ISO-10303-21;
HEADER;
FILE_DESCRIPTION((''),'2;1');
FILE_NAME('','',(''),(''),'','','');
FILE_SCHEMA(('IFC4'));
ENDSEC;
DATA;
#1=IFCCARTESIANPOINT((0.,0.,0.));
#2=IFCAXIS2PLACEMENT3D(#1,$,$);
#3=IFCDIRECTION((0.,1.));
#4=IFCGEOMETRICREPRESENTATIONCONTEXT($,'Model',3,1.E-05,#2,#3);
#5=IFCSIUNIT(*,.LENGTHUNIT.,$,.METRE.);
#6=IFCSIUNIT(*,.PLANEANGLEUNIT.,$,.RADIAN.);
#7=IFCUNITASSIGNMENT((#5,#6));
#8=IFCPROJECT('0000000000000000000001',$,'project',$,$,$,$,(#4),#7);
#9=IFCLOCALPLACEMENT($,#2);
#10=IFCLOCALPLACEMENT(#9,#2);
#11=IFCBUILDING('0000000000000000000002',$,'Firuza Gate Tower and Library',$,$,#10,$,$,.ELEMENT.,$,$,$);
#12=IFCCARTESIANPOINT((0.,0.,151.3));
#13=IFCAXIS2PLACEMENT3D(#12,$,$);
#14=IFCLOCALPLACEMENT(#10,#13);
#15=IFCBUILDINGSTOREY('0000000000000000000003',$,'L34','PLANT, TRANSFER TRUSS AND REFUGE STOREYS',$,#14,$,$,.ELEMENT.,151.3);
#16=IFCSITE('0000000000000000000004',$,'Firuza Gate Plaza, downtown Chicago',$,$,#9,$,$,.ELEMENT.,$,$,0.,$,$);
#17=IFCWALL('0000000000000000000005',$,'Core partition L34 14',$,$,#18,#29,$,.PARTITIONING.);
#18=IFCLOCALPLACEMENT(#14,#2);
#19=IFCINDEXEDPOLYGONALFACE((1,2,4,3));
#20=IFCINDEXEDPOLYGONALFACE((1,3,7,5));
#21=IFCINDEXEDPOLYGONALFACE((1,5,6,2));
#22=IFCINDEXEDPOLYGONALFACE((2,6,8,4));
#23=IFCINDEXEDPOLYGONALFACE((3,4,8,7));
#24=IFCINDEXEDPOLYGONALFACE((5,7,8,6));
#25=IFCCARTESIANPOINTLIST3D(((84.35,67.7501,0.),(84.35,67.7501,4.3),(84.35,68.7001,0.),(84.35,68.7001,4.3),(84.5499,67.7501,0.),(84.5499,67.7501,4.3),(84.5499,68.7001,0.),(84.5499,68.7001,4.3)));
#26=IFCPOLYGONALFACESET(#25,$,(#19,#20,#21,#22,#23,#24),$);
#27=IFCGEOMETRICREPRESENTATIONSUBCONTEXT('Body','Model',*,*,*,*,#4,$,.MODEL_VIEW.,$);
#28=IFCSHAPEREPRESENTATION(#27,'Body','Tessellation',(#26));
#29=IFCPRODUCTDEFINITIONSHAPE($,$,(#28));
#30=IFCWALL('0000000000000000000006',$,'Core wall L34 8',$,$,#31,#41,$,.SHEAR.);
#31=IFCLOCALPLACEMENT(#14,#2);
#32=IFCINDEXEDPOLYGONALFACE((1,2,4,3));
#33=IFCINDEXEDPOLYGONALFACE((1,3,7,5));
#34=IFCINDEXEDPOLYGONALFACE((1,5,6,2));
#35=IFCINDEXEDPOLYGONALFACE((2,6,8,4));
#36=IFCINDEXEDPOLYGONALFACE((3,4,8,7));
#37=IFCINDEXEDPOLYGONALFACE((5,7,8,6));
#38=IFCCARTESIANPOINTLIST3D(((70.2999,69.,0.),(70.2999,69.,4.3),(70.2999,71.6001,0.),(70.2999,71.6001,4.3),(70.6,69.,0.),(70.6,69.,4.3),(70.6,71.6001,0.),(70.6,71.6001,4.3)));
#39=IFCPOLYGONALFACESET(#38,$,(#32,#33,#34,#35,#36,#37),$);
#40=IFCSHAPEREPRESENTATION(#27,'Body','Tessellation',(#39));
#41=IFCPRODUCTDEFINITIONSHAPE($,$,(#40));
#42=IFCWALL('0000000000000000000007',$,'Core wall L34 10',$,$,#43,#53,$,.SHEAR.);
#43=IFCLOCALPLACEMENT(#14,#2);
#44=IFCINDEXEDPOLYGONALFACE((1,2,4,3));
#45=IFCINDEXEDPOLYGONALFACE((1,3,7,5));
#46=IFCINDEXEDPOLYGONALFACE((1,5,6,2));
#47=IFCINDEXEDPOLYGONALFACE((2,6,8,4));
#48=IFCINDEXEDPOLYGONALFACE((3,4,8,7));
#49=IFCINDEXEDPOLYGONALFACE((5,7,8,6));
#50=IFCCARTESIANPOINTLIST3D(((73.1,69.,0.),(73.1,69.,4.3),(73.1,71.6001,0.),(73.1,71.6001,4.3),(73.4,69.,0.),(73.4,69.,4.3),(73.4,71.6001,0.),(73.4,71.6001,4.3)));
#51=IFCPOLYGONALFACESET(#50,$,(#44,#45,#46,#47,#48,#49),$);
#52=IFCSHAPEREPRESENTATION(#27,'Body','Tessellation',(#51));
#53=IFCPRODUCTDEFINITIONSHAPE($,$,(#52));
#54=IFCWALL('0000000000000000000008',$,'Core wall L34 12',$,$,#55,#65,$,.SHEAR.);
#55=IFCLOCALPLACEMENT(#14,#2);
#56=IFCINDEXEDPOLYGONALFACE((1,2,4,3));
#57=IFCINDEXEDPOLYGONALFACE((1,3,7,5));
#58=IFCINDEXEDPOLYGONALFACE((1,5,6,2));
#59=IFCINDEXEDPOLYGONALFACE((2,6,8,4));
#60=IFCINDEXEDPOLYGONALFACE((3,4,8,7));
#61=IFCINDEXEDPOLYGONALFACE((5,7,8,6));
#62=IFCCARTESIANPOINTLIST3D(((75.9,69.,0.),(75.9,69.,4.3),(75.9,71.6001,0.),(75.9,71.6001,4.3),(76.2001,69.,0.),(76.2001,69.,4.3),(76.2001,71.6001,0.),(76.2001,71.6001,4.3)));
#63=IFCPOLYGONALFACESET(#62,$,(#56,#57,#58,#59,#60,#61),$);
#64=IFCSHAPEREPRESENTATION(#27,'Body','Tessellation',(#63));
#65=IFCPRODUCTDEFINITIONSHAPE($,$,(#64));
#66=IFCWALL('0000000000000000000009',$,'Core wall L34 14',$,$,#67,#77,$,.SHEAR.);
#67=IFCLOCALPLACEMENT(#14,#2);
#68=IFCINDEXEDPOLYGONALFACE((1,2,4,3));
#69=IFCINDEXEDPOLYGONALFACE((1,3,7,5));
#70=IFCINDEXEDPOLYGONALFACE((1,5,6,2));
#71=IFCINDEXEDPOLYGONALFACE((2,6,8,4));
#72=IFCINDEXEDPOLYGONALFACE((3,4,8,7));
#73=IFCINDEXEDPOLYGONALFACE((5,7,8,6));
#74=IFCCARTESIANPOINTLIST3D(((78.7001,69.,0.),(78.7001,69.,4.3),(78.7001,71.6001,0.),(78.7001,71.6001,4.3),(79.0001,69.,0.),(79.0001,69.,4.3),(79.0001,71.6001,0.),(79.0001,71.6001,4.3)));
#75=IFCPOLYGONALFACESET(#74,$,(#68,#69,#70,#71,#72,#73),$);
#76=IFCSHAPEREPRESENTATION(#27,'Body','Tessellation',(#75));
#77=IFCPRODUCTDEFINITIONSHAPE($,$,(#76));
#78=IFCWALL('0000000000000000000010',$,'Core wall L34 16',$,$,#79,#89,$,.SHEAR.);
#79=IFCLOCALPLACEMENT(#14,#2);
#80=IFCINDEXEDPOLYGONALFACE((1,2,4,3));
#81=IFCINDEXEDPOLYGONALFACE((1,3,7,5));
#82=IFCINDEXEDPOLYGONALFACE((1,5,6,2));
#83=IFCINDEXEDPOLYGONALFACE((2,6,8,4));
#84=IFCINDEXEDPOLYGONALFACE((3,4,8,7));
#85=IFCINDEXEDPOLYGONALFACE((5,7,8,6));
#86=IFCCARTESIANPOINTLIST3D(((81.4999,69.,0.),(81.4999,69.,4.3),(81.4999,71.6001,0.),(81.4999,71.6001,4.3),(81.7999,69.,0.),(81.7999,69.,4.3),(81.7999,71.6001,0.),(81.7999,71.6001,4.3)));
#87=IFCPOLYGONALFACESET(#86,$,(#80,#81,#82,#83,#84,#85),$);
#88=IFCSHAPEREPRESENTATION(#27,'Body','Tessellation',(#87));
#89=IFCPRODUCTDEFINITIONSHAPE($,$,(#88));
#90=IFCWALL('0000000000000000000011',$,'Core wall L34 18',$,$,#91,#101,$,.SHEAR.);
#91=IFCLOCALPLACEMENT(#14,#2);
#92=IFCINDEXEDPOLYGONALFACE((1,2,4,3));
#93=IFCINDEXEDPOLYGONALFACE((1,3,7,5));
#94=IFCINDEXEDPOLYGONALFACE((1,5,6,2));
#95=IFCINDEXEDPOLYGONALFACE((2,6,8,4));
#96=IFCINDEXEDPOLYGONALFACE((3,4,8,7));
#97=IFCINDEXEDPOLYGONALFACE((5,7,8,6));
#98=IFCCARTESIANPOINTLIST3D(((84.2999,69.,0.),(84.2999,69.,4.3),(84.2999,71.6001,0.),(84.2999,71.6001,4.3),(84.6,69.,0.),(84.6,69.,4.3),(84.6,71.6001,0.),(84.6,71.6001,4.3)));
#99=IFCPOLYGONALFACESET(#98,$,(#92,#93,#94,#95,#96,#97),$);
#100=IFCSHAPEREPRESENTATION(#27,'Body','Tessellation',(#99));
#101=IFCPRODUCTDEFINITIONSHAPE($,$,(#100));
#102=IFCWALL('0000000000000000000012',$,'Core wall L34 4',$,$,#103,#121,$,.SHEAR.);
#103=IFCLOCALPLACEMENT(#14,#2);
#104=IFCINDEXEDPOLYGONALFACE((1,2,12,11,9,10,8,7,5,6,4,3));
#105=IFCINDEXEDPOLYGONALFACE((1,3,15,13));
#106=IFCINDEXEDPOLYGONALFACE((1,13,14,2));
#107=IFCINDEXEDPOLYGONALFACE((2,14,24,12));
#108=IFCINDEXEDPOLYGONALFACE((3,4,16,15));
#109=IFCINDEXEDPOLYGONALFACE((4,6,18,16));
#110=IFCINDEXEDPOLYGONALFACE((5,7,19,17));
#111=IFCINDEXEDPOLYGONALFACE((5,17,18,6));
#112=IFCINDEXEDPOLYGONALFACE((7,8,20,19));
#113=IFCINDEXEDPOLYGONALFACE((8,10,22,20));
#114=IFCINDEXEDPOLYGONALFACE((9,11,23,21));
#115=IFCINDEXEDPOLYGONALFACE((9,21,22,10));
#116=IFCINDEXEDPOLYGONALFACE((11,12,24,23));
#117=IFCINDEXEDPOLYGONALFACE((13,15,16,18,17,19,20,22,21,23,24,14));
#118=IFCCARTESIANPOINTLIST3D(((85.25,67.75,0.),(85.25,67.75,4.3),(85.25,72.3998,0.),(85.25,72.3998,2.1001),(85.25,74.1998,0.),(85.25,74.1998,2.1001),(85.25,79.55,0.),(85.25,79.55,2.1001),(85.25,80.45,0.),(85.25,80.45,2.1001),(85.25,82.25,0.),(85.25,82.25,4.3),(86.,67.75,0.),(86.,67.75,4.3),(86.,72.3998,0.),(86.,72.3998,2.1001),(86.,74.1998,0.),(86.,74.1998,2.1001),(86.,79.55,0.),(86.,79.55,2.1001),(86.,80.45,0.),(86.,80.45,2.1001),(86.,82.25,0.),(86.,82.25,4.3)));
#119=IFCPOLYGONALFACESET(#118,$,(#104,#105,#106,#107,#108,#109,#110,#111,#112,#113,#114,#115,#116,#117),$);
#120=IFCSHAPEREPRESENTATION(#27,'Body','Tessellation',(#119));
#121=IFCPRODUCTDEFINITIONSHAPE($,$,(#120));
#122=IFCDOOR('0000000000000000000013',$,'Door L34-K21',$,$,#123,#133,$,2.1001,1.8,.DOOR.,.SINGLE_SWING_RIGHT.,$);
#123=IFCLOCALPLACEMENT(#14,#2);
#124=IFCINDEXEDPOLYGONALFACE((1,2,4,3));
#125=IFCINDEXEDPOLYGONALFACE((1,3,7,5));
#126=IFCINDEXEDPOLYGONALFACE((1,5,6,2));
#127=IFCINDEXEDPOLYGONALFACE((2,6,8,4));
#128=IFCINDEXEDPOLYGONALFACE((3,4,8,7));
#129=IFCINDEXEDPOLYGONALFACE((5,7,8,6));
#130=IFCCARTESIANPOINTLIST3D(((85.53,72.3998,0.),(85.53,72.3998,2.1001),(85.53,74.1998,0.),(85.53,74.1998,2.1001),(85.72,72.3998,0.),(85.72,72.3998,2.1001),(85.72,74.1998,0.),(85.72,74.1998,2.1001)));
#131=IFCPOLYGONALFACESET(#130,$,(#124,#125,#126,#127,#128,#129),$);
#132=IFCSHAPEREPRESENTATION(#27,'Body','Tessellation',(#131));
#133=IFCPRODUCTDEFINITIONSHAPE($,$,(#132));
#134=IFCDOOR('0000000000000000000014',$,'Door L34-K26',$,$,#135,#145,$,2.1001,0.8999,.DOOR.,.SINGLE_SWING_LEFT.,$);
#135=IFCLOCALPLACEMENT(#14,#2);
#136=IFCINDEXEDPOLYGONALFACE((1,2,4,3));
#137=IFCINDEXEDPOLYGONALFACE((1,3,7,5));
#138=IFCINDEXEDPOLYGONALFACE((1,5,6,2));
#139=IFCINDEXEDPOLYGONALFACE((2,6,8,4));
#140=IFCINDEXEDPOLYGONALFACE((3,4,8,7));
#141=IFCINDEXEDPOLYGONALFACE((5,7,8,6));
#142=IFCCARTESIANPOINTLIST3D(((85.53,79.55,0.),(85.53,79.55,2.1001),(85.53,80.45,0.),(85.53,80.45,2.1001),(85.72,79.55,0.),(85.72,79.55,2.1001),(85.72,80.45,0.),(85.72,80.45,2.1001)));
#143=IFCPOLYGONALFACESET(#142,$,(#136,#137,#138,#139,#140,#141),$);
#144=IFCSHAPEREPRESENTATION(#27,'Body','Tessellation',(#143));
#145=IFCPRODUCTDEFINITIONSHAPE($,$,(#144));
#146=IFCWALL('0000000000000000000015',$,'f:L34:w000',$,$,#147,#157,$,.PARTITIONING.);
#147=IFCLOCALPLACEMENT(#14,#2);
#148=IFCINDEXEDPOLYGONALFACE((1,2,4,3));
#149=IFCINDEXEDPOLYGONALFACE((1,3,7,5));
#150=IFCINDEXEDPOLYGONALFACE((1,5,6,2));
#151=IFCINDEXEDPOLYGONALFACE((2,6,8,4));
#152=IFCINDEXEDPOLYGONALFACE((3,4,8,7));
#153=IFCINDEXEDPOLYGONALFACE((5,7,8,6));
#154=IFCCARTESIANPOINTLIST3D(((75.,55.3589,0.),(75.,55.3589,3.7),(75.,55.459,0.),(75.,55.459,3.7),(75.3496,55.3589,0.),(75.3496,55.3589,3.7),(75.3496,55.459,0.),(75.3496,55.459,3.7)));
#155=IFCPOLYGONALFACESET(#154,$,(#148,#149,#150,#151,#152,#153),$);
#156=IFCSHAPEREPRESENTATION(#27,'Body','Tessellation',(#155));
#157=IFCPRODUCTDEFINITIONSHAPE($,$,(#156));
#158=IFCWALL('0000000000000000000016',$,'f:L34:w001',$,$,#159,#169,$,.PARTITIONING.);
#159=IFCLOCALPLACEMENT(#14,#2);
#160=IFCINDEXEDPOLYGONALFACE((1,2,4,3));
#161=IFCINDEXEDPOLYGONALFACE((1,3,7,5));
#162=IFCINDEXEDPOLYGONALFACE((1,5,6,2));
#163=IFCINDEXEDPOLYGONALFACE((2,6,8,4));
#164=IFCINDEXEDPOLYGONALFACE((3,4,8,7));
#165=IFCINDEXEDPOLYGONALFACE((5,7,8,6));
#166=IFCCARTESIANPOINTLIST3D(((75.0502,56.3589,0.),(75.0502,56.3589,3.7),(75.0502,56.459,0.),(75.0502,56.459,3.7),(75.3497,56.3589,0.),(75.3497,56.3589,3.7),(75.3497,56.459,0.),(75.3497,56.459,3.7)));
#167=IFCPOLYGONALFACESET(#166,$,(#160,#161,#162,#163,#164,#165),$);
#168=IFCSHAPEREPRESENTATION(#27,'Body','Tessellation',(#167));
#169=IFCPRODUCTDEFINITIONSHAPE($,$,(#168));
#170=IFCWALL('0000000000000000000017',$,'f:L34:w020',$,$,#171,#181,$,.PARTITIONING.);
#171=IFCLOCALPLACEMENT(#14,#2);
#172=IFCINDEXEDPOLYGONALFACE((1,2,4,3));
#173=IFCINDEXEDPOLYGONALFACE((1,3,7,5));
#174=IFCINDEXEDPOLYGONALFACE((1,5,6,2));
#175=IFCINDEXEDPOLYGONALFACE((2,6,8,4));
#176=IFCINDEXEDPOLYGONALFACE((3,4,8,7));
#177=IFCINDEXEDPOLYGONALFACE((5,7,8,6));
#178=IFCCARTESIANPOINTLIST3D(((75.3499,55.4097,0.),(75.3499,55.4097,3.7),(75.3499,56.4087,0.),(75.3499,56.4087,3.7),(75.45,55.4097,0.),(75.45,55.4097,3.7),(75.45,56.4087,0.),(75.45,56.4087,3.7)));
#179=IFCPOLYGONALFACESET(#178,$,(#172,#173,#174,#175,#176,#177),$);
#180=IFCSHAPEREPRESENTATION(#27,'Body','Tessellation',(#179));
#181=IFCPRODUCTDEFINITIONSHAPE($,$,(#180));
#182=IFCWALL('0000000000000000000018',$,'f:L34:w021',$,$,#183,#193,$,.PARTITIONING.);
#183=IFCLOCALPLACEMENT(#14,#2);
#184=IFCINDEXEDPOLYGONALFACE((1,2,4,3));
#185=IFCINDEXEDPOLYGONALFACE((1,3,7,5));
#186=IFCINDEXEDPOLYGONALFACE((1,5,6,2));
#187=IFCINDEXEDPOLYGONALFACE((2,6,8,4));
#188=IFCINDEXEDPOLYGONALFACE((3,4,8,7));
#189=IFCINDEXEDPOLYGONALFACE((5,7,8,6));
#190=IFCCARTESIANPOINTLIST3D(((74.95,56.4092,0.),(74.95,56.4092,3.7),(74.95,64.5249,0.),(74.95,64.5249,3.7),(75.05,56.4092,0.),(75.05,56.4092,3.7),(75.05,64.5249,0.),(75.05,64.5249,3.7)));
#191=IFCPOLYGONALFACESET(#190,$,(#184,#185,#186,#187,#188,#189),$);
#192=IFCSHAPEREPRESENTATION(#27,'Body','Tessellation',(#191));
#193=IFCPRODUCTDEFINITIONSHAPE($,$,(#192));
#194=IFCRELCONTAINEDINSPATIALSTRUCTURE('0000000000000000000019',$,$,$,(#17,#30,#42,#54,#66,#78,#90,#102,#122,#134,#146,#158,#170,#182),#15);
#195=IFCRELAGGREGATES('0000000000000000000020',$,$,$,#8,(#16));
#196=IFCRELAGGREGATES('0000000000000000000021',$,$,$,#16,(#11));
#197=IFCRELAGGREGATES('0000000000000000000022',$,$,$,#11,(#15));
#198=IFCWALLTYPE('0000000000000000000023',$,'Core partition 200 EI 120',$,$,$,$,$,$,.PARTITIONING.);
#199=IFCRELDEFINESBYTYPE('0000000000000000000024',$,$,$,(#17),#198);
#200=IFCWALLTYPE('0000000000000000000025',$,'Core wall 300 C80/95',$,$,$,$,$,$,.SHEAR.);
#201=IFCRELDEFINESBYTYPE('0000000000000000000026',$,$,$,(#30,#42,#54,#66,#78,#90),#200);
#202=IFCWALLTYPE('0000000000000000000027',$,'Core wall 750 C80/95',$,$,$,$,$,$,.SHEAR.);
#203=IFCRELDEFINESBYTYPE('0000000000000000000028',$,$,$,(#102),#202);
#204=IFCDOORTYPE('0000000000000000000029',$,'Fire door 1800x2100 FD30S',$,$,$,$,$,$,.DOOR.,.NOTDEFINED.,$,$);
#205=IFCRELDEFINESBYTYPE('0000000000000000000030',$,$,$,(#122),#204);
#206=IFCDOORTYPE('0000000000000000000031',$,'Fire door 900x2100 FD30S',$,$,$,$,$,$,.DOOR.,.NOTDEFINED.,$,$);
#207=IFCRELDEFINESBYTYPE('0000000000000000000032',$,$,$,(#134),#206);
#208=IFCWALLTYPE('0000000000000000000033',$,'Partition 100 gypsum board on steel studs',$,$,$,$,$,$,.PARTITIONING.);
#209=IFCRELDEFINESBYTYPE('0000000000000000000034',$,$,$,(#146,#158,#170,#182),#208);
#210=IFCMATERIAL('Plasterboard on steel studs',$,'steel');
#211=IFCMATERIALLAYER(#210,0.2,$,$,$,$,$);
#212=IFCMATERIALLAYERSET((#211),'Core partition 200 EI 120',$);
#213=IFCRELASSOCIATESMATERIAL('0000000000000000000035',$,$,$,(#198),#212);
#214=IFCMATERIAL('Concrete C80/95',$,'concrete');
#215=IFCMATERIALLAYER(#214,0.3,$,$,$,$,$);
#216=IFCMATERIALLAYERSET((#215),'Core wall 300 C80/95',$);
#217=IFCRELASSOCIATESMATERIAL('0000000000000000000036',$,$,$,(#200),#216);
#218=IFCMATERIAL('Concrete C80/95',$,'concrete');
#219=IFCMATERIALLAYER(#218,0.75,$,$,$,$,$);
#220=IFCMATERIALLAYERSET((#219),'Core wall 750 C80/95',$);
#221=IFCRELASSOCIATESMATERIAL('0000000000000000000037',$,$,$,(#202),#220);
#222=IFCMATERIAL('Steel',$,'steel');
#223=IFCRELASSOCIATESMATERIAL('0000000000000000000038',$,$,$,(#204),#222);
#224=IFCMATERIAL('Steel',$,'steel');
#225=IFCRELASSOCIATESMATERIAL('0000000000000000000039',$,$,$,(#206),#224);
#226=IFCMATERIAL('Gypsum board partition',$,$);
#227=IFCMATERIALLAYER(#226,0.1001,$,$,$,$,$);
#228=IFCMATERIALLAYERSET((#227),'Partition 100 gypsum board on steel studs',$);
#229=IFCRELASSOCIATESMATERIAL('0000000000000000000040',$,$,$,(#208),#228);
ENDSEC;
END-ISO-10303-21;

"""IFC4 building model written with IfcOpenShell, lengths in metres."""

from ifc_helpers import new_model, si_unit, direction, frame, frame_2d, origin, place, context, subcontext, project, spatial, rectangle, extrude, material, layer, layer_set, type_object, element, fill, save


model = new_model("IFC4")

# Units and contexts
model_context = context("Model", 3, precision=1e-05, world=origin(), true_north=direction((0.0, 1.0)))
body_context = subcontext(model_context, "Body", "Model", "MODEL_VIEW")
ifc_project = project(units=[si_unit("LENGTHUNIT", "METRE"), si_unit("PLANEANGLEUNIT", "RADIAN")], contexts=[model_context])

# Site, building, storey
site_placement = place(None, origin())
site = spatial("IfcSite", under=ifc_project, at=site_placement, Name="Firuza Gate Plaza, downtown Chicago", CompositionType="ELEMENT", RefElevation=0.0)
building_placement = place(site_placement, origin())
building = spatial("IfcBuilding", under=site, at=building_placement, Name="Firuza Gate Tower and Library", CompositionType="ELEMENT")
storey_placement = place(building_placement, frame((0.0, 0.0, 151.3)))
storey = spatial("IfcBuildingStorey", under=building, at=storey_placement, Name="L34", Description="PLANT, TRANSFER TRUSS AND REFUGE STOREYS", CompositionType="ELEMENT", Elevation=151.3)

# Walls
ifc_material_1 = material(Name="Plasterboard on steel studs", Category="steel")
ifc_layer_1 = layer(ifc_material_1, 0.2)
ifc_layer_set_1 = layer_set([ifc_layer_1], Name="Core partition 200 EI 120")
wall_type_1 = type_object("IfcWallType", Name="Core partition 200 EI 120", PredefinedType="PARTITIONING", material=ifc_layer_set_1)
for number, where, z_axis, x_axis, name in (
    (1, (84.45, 67.75, 0.0), (0.0, 0.0, 1.0), (0.0, 1.0, 0.0), "Core partition L34 14"),
):
    element("IfcWall", number, at=place(storey_placement, frame(where, z_axis=z_axis, x_axis=x_axis)), inside=storey, type_object=wall_type_1, Name=name, PredefinedType="PARTITIONING", context=body_context, shape_type="SweptSolid", body=[
        extrude(rectangle(XDim=0.95, YDim=0.2, at=frame_2d((0.4751, 0.0))), origin(), (0.0, 0.0, 1.0), 4.3),
    ])
ifc_material_2 = material(Name="Concrete C80/95", Category="concrete")
ifc_layer_2 = layer(ifc_material_2, 0.3)
ifc_layer_set_2 = layer_set([ifc_layer_2], Name="Core wall 300 C80/95")
wall_type_2 = type_object("IfcWallType", Name="Core wall 300 C80/95", PredefinedType="SHEAR", material=ifc_layer_set_2)
for number, where, z_axis, x_axis, name in (
    (2, (70.45, 69.0, 0.0), (0.0, 0.0, 1.0), (0.0, 1.0, 0.0), "Core wall L34 8"),
    (3, (73.25, 69.0, 0.0), (0.0, 0.0, 1.0), (0.0, 1.0, 0.0), "Core wall L34 10"),
    (4, (76.05, 69.0, 0.0), (0.0, 0.0, 1.0), (0.0, 1.0, 0.0), "Core wall L34 12"),
    (5, (78.8501, 69.0, 0.0), (0.0, 0.0, 1.0), (0.0, 1.0, 0.0), "Core wall L34 14"),
    (6, (81.6499, 69.0, 0.0), (0.0, 0.0, 1.0), (0.0, 1.0, 0.0), "Core wall L34 16"),
    (7, (84.45, 69.0, 0.0), (0.0, 0.0, 1.0), (0.0, 1.0, 0.0), "Core wall L34 18"),
):
    element("IfcWall", number, at=place(storey_placement, frame(where, z_axis=z_axis, x_axis=x_axis)), inside=storey, type_object=wall_type_2, Name=name, PredefinedType="SHEAR", context=body_context, shape_type="SweptSolid", body=[
        extrude(rectangle(XDim=2.6001, YDim=0.3, at=frame_2d((1.3, 0.0))), origin(), (0.0, 0.0, 1.0), 4.3),
    ])

# Wall, openings, doors
ifc_material_3 = material(Name="Concrete C80/95", Category="concrete")
ifc_layer_3 = layer(ifc_material_3, 0.75)
ifc_layer_set_3 = layer_set([ifc_layer_3], Name="Core wall 750 C80/95")
wall_type_3 = type_object("IfcWallType", Name="Core wall 750 C80/95", PredefinedType="SHEAR", material=ifc_layer_set_3)
wall_1_placement = place(storey_placement, frame((85.625, 67.75, 0.0), z_axis=(0.0, 0.0, 1.0), x_axis=(0.0, 1.0, 0.0)))
wall_1 = element("IfcWall", 8, at=wall_1_placement, inside=storey, type_object=wall_type_3, Name="Core wall L34 4", PredefinedType="SHEAR", context=body_context, shape_type="SweptSolid", body=[
    extrude(rectangle(XDim=14.5, YDim=0.75, at=frame_2d((7.25, 0.0))), origin(), (0.0, 0.0, 1.0), 4.3),
])
opening_1_placement = place(wall_1_placement, frame((4.6499, 0.0, 0.0)))
opening_1 = element("IfcOpeningElement", 9, at=opening_1_placement, cuts=wall_1, PredefinedType="OPENING", context=body_context, shape_type="SweptSolid", body=[
    extrude(rectangle(XDim=1.8, YDim=2.1001, at=frame_2d((0.8999, 1.05))), frame((0.0, 0.385, 0.0), z_axis=(0.0, -1.0, 0.0), x_axis=(1.0, 0.0, 0.0)), (0.0, 0.0, 1.0), 0.77),
])
opening_2_placement = place(wall_1_placement, frame((11.8, 0.0, 0.0)))
opening_2 = element("IfcOpeningElement", 10, at=opening_2_placement, cuts=wall_1, PredefinedType="OPENING", context=body_context, shape_type="SweptSolid", body=[
    extrude(rectangle(XDim=0.8999, YDim=2.1001, at=frame_2d((0.45, 1.05))), frame((0.0, 0.385, 0.0), z_axis=(0.0, -1.0, 0.0), x_axis=(1.0, 0.0, 0.0)), (0.0, 0.0, 1.0), 0.77),
])
ifc_material_4 = material(Name="Steel", Category="steel")
door_type_1 = type_object("IfcDoorType", Name="Fire door 1800x2100 FD30S", OperationType="NOTDEFINED", PredefinedType="DOOR", material=ifc_material_4)
door_1_placement = place(opening_1_placement, origin())
door_1 = element("IfcDoor", 11, at=door_1_placement, inside=storey, type_object=door_type_1, Name="Door L34-K21", OperationType="SINGLE_SWING_RIGHT", OverallHeight=2.1001, OverallWidth=1.8, PredefinedType="DOOR", context=body_context, shape_type="SweptSolid", body=[
    extrude(rectangle(XDim=1.8, YDim=2.1001, at=frame_2d((0.8999, 1.05))), frame((0.0, 0.095, 0.0), z_axis=(0.0, -1.0, 0.0), x_axis=(1.0, 0.0, 0.0)), (0.0, 0.0, 1.0), 0.1899),
])
fill(opening_1, door_1)
ifc_material_5 = material(Name="Steel", Category="steel")
door_type_2 = type_object("IfcDoorType", Name="Fire door 900x2100 FD30S", OperationType="NOTDEFINED", PredefinedType="DOOR", material=ifc_material_5)
door_2_placement = place(opening_2_placement, origin())
door_2 = element("IfcDoor", 12, at=door_2_placement, inside=storey, type_object=door_type_2, Name="Door L34-K26", OperationType="SINGLE_SWING_LEFT", OverallHeight=2.1001, OverallWidth=0.8999, PredefinedType="DOOR", context=body_context, shape_type="SweptSolid", body=[
    extrude(rectangle(XDim=0.8999, YDim=2.1001, at=frame_2d((0.45, 1.05))), frame((0.0, 0.095, 0.0), z_axis=(0.0, -1.0, 0.0), x_axis=(1.0, 0.0, 0.0)), (0.0, 0.0, 1.0), 0.1899),
])
fill(opening_2, door_2)

# Walls
ifc_material_6 = material(Name="Gypsum board partition")
ifc_layer_4 = layer(ifc_material_6, 0.1001)
ifc_layer_set_4 = layer_set([ifc_layer_4], Name="Partition 100 gypsum board on steel studs")
wall_type_4 = type_object("IfcWallType", Name="Partition 100 gypsum board on steel studs", PredefinedType="PARTITIONING", material=ifc_layer_set_4)
wall_2_placement = place(storey_placement, frame((75.0, 55.4089, 0.0), z_axis=(0.0, 0.0, 1.0), x_axis=(1.0, 0.0, 0.0)))
element("IfcWall", 13, at=wall_2_placement, inside=storey, type_object=wall_type_4, Name="f:L34:w000", PredefinedType="PARTITIONING", context=body_context, shape_type="SweptSolid", body=[
    extrude(rectangle(XDim=0.3496, YDim=0.1001, at=frame_2d((0.1748, 0.0))), origin(), (0.0, 0.0, 1.0), 3.7),
])
wall_3_placement = place(storey_placement, frame((75.05, 56.4089, 0.0), z_axis=(0.0, 0.0, 1.0), x_axis=(1.0, 0.0, 0.0)))
element("IfcWall", 14, at=wall_3_placement, inside=storey, type_object=wall_type_4, Name="f:L34:w001", PredefinedType="PARTITIONING", context=body_context, shape_type="SweptSolid", body=[
    extrude(rectangle(XDim=0.2996, YDim=0.1001, at=frame_2d((0.1499, 0.0))), origin(), (0.0, 0.0, 1.0), 3.7),
])
wall_4_placement = place(storey_placement, frame((75.3999, 55.4097, 0.0), z_axis=(0.0, 0.0, 1.0), x_axis=(0.0, 1.0, 0.0)))
element("IfcWall", 15, at=wall_4_placement, inside=storey, type_object=wall_type_4, Name="f:L34:w020", PredefinedType="PARTITIONING", context=body_context, shape_type="SweptSolid", body=[
    extrude(rectangle(XDim=0.999, YDim=0.1001, at=frame_2d((0.4995, 0.0))), origin(), (0.0, 0.0, 1.0), 3.7),
])
wall_5_placement = place(storey_placement, frame((75.0, 56.4092, 0.0), z_axis=(0.0, 0.0, 1.0), x_axis=(0.0, 1.0, 0.0)))
element("IfcWall", 16, at=wall_5_placement, inside=storey, type_object=wall_type_4, Name="f:L34:w021", PredefinedType="PARTITIONING", context=body_context, shape_type="SweptSolid", body=[
    extrude(rectangle(XDim=8.1157, YDim=0.1001, at=frame_2d((4.0579, 0.0))), origin(), (0.0, 0.0, 1.0), 3.7),
])

save(model, "model.ifc")
